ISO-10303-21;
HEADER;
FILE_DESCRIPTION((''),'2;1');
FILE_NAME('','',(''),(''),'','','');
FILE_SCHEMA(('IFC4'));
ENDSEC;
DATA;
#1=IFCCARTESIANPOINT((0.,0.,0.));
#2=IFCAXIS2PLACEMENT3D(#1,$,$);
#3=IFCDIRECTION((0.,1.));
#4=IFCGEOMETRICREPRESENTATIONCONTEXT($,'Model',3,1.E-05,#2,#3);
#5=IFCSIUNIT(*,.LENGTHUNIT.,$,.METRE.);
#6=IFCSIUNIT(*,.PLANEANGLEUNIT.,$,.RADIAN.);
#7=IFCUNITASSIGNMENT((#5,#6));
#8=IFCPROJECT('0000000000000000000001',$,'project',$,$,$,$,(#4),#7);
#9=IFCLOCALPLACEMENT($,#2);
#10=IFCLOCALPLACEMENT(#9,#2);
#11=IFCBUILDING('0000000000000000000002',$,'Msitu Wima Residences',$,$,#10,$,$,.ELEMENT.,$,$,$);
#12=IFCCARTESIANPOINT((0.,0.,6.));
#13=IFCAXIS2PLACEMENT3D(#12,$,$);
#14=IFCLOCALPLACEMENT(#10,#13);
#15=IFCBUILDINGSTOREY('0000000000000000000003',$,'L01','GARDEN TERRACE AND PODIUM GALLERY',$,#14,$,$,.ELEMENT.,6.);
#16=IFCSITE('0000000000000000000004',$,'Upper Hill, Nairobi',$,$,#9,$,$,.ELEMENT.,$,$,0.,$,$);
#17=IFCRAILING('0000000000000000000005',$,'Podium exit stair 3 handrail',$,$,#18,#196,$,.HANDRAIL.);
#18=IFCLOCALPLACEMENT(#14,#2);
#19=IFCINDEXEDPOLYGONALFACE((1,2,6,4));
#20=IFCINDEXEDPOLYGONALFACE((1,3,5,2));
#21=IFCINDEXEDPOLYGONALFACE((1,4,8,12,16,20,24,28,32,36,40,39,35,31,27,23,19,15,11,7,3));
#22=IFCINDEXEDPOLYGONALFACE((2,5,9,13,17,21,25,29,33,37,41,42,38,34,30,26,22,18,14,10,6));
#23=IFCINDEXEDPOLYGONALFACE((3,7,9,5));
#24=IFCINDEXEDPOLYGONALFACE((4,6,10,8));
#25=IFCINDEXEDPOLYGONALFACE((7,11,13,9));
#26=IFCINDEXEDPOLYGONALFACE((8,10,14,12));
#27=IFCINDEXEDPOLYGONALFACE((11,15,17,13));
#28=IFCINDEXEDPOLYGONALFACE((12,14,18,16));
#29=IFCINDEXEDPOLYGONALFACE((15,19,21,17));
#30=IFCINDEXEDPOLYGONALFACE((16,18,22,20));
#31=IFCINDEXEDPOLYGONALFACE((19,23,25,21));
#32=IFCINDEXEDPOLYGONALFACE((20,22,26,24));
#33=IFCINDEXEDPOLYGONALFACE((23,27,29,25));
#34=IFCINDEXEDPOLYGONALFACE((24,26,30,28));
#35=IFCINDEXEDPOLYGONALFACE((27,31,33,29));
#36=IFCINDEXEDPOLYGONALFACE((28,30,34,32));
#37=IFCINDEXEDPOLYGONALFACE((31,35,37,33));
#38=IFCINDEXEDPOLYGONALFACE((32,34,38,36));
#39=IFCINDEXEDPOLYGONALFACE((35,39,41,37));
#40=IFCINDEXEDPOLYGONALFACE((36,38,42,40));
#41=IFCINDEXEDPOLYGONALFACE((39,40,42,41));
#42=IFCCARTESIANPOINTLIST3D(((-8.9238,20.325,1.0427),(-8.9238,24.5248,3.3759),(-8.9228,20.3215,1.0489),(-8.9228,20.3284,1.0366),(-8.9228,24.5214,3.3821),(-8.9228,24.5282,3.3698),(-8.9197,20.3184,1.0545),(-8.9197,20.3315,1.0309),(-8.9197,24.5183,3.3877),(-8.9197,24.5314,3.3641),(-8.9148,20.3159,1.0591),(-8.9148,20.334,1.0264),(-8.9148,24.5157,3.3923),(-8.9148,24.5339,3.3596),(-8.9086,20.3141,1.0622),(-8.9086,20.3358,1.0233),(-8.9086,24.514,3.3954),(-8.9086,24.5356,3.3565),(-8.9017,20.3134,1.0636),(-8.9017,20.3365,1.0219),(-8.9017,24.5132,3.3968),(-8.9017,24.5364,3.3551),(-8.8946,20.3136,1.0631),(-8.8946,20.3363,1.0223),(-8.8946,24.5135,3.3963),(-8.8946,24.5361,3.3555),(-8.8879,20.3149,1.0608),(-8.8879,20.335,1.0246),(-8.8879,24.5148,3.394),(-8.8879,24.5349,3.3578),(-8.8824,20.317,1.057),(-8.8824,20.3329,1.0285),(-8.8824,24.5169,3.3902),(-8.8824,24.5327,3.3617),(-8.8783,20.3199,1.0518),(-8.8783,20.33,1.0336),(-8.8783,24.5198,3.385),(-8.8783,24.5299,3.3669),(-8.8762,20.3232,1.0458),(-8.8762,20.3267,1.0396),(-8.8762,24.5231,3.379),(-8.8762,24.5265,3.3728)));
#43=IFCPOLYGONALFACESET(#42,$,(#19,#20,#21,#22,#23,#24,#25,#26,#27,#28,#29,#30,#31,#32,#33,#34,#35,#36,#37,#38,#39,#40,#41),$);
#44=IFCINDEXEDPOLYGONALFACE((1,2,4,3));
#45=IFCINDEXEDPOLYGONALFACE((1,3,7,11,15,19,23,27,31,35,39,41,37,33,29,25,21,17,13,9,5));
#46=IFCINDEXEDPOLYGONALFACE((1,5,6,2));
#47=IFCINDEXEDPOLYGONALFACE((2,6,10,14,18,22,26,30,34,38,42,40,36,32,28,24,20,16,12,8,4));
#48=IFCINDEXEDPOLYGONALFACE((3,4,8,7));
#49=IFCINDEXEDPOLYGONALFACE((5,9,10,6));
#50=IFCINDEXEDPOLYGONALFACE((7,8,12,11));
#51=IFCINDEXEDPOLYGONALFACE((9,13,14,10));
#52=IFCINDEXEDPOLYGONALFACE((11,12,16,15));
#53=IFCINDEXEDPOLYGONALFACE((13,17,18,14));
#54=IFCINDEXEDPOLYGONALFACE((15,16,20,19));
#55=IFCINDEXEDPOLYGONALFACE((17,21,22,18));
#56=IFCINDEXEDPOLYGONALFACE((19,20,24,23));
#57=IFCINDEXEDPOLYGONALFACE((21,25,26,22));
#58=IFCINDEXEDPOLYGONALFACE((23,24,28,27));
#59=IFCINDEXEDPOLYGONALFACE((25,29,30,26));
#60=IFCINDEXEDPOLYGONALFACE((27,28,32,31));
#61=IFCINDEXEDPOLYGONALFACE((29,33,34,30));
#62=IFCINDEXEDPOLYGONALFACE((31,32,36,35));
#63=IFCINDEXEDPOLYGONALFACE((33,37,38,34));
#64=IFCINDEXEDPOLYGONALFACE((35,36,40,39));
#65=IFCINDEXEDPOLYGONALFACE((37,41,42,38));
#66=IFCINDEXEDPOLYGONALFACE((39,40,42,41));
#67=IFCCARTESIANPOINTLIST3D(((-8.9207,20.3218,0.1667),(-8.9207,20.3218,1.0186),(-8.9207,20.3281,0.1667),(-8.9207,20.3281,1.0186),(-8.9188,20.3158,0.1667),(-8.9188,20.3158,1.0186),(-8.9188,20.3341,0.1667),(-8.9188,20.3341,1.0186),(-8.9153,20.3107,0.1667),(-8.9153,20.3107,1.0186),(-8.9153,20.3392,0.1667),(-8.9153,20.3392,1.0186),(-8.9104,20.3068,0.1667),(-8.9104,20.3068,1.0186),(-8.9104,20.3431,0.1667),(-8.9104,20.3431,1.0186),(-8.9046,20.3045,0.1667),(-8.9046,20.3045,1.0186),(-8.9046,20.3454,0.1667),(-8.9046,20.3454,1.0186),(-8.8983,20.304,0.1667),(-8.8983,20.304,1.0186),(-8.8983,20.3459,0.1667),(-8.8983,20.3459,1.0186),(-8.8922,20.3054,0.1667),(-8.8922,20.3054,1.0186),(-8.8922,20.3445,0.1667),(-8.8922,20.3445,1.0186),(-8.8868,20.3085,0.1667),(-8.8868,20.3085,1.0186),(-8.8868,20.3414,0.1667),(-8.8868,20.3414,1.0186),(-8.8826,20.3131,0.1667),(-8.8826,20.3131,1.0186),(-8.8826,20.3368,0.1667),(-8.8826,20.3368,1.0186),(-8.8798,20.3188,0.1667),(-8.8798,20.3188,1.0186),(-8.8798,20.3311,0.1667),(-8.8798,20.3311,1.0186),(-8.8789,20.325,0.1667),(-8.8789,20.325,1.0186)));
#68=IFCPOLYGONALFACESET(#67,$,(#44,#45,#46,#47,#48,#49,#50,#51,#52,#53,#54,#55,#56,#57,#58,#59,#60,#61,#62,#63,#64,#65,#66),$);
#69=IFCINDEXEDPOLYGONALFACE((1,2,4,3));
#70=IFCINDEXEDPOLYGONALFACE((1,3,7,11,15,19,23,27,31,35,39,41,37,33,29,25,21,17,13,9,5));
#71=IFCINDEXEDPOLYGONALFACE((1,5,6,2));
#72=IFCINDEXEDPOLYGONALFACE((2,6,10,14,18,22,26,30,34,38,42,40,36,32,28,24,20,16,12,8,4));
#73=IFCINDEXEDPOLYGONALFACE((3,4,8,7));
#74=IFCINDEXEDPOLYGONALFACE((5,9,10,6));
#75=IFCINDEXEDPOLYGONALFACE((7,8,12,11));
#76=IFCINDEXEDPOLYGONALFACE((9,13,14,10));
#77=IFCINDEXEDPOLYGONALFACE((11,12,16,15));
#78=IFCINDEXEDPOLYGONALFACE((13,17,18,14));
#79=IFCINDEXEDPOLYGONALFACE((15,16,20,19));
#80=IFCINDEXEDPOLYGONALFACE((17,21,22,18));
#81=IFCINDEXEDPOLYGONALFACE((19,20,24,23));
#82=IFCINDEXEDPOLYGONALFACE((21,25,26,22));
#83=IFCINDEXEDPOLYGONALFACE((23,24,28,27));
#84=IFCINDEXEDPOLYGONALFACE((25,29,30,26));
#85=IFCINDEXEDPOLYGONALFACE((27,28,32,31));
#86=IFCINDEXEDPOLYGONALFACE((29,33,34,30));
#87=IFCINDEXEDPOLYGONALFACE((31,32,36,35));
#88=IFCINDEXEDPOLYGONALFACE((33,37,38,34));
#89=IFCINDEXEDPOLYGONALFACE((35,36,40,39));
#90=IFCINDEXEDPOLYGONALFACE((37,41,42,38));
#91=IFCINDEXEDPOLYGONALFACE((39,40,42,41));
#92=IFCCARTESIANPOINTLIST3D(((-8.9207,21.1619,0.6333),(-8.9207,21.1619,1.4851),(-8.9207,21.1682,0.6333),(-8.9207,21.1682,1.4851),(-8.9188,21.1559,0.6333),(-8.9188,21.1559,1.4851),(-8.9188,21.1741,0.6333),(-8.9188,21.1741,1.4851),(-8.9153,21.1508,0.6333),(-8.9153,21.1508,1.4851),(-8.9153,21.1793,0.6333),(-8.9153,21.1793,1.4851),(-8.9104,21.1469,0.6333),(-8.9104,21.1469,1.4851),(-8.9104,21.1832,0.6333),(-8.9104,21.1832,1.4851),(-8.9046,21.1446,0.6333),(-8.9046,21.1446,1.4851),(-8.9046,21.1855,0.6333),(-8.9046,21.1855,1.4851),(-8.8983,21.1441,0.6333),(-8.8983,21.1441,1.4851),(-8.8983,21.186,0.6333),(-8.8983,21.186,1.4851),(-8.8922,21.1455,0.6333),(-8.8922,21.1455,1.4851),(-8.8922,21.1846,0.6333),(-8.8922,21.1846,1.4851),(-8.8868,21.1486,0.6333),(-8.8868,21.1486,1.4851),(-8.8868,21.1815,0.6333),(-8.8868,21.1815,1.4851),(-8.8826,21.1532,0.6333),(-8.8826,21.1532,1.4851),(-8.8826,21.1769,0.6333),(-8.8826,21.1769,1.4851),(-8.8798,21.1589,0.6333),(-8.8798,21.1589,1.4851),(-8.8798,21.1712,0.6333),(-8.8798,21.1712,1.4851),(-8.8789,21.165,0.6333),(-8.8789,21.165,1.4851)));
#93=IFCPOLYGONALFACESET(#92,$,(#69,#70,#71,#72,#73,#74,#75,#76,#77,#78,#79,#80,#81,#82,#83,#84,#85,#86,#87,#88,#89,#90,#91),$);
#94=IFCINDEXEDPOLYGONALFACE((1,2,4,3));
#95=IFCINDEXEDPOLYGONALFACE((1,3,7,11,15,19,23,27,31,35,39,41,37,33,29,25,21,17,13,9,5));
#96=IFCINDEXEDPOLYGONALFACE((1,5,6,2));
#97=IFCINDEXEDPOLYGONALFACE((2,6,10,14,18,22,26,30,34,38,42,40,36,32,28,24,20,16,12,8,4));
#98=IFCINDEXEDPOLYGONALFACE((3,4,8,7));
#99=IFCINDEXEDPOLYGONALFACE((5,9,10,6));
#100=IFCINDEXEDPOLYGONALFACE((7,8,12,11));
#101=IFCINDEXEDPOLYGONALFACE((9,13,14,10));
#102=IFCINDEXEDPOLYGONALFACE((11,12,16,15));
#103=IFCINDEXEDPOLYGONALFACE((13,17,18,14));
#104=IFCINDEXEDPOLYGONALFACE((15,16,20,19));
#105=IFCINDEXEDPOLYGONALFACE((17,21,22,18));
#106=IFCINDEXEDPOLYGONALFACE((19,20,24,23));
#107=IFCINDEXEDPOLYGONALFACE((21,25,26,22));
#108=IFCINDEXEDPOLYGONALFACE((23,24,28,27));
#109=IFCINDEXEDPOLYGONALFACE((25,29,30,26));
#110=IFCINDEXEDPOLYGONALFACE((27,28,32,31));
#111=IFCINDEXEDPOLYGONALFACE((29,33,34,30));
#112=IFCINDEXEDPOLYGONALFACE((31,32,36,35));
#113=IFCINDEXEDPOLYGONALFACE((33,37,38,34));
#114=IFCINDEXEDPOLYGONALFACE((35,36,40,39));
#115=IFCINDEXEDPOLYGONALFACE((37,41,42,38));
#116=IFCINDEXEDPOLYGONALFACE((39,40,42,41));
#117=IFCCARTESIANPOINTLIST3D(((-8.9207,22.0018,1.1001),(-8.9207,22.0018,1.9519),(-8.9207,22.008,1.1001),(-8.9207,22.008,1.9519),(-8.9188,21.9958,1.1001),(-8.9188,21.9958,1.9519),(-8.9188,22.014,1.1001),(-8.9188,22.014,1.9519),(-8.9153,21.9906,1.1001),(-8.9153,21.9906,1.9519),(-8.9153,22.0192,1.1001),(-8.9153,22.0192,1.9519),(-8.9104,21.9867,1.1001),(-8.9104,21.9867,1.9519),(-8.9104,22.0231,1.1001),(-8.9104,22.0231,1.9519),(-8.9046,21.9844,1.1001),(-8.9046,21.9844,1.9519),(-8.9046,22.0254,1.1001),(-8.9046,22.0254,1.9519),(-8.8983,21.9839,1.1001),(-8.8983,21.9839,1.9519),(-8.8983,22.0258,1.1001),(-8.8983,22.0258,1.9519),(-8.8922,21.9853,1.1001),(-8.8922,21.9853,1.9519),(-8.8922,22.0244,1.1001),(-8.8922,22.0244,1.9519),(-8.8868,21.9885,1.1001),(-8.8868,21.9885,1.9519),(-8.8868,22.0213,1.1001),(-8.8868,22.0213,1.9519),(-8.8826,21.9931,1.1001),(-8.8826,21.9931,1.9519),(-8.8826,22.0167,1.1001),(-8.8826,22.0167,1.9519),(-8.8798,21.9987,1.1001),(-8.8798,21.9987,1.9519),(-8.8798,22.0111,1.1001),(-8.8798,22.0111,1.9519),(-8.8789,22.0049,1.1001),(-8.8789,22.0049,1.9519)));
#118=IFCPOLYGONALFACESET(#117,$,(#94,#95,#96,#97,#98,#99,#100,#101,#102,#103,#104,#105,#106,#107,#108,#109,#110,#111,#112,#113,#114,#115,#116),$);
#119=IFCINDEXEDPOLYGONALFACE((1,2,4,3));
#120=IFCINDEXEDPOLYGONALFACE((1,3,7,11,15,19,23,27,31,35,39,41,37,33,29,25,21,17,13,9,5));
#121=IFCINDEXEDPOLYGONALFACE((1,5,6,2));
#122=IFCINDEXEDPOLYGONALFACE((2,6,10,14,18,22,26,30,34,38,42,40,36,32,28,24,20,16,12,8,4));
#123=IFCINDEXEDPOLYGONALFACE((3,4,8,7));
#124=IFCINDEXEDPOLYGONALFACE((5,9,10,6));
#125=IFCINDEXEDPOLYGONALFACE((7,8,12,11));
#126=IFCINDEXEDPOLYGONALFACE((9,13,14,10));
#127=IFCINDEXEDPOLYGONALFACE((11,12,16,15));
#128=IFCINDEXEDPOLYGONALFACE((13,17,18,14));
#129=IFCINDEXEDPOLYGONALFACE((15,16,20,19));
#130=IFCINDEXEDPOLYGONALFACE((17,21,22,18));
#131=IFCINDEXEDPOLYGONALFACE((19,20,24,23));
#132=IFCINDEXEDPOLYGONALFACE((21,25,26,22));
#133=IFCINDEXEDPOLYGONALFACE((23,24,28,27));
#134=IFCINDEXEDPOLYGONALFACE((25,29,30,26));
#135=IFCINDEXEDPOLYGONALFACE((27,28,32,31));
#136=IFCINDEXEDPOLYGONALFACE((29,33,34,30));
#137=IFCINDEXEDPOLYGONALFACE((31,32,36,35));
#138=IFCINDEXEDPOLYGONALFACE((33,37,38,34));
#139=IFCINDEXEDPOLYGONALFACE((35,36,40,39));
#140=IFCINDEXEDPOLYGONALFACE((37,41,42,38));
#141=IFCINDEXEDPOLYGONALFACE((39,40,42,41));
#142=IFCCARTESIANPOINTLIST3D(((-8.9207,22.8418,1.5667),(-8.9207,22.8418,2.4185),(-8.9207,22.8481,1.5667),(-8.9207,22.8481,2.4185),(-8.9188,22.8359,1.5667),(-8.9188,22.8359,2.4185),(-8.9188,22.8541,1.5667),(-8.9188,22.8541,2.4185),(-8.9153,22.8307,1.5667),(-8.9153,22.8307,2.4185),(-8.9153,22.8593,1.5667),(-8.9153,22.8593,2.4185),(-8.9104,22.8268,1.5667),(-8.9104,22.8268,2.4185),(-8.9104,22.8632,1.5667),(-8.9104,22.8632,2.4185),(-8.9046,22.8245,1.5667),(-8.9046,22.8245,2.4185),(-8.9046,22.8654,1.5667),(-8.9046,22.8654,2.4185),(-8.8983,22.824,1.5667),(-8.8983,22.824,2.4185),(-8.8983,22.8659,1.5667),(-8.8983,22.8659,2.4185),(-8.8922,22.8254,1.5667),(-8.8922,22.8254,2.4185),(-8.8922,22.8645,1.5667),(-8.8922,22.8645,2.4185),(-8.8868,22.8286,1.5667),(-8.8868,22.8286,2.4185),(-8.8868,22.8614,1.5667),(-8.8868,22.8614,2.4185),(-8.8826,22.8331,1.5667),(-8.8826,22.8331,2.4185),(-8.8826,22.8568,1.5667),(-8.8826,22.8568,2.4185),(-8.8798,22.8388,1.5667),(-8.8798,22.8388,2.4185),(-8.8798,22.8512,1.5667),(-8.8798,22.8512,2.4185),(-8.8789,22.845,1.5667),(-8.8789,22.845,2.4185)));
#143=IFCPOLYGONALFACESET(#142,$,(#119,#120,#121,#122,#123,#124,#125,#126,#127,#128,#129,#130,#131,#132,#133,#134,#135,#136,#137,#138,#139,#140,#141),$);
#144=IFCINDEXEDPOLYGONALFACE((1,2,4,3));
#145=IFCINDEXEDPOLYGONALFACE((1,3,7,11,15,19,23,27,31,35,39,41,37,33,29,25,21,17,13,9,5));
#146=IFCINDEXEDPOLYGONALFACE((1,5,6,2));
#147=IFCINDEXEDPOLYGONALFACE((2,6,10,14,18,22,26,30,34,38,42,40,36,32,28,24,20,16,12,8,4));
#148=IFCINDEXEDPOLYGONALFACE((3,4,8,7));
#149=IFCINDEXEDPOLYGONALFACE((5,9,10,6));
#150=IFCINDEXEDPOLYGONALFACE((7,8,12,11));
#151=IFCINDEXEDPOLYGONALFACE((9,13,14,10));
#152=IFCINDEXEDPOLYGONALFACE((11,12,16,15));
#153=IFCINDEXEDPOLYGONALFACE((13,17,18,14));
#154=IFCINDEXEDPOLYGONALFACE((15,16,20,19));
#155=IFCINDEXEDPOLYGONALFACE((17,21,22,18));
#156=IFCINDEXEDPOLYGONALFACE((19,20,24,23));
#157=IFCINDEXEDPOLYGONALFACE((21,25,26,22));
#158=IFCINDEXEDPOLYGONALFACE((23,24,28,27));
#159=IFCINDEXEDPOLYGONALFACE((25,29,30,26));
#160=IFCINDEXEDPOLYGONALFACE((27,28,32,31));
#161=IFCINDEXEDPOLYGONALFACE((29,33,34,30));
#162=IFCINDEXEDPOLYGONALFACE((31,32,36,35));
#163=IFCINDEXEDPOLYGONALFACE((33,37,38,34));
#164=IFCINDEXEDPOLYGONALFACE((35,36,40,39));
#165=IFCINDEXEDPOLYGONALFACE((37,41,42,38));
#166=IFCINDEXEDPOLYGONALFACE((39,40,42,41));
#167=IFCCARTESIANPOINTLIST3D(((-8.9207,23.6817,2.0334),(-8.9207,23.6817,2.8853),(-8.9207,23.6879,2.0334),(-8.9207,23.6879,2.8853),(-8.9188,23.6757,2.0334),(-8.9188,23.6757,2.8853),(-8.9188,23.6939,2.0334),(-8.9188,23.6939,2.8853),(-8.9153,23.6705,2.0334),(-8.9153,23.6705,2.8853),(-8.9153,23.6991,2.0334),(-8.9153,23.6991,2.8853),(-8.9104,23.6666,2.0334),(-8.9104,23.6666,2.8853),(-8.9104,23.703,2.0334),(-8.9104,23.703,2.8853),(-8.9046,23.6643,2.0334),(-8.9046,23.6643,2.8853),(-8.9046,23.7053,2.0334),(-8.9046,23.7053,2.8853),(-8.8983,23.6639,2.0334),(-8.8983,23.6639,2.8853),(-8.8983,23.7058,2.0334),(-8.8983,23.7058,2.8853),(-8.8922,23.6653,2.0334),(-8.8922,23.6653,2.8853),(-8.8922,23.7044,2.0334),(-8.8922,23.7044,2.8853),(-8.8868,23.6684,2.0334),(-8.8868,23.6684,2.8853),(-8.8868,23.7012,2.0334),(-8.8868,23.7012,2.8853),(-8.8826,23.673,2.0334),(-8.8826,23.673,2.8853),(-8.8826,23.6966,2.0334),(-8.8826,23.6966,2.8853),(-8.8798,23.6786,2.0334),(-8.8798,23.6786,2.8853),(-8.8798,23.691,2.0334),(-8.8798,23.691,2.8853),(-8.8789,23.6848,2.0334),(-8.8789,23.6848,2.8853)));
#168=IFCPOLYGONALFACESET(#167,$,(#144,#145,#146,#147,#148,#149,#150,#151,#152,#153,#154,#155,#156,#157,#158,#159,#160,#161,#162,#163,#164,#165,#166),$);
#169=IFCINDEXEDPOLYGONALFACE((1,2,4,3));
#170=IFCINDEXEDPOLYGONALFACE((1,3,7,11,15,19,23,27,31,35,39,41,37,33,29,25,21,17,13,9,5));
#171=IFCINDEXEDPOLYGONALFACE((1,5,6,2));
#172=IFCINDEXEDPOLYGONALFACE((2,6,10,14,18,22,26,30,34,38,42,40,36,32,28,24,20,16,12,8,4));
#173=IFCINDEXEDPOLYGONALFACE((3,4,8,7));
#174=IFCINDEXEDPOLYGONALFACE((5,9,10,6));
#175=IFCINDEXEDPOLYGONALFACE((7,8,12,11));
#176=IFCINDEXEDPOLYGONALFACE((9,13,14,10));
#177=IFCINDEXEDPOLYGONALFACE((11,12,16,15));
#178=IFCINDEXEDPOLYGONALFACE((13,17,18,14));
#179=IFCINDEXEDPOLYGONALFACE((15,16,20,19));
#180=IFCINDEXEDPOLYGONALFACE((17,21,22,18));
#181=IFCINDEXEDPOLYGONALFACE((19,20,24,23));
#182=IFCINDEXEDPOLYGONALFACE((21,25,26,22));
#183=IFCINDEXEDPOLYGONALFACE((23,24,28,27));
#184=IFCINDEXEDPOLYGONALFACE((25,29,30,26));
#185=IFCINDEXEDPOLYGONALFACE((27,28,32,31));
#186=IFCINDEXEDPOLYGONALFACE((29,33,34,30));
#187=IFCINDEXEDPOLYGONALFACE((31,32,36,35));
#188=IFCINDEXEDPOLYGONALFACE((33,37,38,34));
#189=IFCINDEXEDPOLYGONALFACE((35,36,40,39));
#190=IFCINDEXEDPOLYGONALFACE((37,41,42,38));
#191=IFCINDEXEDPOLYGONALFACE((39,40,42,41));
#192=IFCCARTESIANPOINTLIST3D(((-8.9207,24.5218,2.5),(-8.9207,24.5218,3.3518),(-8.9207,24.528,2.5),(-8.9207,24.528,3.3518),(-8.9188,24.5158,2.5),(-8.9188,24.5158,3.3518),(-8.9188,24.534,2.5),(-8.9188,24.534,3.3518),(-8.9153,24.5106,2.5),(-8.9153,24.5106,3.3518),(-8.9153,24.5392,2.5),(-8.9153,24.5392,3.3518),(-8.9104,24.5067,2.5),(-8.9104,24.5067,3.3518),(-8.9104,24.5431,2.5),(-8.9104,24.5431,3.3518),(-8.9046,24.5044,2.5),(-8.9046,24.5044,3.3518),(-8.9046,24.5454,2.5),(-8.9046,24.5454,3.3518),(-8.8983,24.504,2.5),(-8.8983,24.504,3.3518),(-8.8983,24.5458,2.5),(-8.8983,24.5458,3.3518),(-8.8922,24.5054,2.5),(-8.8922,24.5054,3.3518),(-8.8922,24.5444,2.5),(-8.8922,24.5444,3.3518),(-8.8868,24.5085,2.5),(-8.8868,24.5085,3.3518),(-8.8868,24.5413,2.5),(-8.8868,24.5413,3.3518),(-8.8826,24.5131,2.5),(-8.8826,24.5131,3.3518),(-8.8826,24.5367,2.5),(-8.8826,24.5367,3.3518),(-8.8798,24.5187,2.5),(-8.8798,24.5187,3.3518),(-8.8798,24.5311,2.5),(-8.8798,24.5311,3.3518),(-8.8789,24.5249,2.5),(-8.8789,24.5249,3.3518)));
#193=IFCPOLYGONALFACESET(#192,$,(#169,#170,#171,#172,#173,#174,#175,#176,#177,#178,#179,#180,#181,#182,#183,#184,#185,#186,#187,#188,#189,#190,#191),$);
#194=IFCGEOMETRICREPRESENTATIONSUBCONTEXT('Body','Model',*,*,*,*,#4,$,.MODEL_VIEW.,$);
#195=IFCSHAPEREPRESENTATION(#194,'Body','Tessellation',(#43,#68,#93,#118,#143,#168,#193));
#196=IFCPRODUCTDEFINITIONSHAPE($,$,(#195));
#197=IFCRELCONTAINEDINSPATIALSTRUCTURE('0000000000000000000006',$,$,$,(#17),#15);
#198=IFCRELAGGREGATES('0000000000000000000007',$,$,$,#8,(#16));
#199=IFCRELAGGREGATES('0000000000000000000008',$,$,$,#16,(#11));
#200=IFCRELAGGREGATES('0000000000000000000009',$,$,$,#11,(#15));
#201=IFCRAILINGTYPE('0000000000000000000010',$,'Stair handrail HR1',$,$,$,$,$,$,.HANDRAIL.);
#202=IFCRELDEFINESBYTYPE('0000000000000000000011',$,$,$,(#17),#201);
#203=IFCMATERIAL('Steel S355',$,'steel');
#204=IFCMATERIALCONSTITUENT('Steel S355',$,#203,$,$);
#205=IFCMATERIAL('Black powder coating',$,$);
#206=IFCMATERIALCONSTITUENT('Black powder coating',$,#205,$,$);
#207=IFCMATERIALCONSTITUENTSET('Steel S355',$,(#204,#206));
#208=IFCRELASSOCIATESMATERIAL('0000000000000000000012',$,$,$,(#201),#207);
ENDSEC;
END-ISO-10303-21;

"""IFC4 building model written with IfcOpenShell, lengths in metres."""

from ifc_helpers import new_model, si_unit, direction, frame, origin, origin_2d, place, context, subcontext, project, spatial, circle, extrude, material, constituent, constituent_set, type_object, element, save


model = new_model("IFC4")

# Units and contexts
model_context = context("Model", 3, precision=1e-05, world=origin(), true_north=direction((0.0, 1.0)))
body_context = subcontext(model_context, "Body", "Model", "MODEL_VIEW")
ifc_project = project(units=[si_unit("LENGTHUNIT", "METRE"), si_unit("PLANEANGLEUNIT", "RADIAN")], contexts=[model_context])

# Site, building, storey
site_placement = place(None, origin())
site = spatial("IfcSite", under=ifc_project, at=site_placement, Name="Upper Hill, Nairobi", CompositionType="ELEMENT", RefElevation=0.0)
building_placement = place(site_placement, origin())
building = spatial("IfcBuilding", under=site, at=building_placement, Name="Msitu Wima Residences", CompositionType="ELEMENT")
storey_placement = place(building_placement, frame((0.0, 0.0, 6.0)))
storey = spatial("IfcBuildingStorey", under=building, at=storey_placement, Name="L01", Description="GARDEN TERRACE AND PODIUM GALLERY", CompositionType="ELEMENT", Elevation=6.0)

# Railing
ifc_material_1 = material(Name="Steel S355", Category="steel")
ifc_constituent_1 = constituent(ifc_material_1, Name="Steel S355")
ifc_material_2 = material(Name="Black powder coating")
ifc_constituent_2 = constituent(ifc_material_2, Name="Black powder coating")
ifc_constituent_set = constituent_set(constituents=[ifc_constituent_1, ifc_constituent_2], Name="Steel S355")
railing_type = type_object("IfcRailingType", Name="Stair handrail HR1", PredefinedType="HANDRAIL", material=ifc_constituent_set)
for number, where, name in (
    (1, (-8.8999, 20.325, 0.1667), "Podium exit stair 3 handrail"),
):
    element("IfcRailing", number, at=place(storey_placement, frame(where)), inside=storey, type_object=railing_type, Name=name, PredefinedType="HANDRAIL", context=body_context, shape_type="SweptSolid", body=[
        extrude(circle(Radius=0.0239, at=origin_2d()), frame((0.0, 0.0, 0.876), z_axis=(0.0, 0.874162, 0.485634), x_axis=(-1.0, 0.0, 0.0)), (0.0, 0.0, 1.0), 4.8044),
        extrude(circle(Radius=0.021, at=origin_2d()), origin(), (0.0, 0.0, 1.0), 0.8518),
        extrude(circle(Radius=0.021, at=origin_2d()), frame((0.0, 0.8401, 0.4666)), (0.0, 0.0, 1.0), 0.8518),
        extrude(circle(Radius=0.021, at=origin_2d()), frame((0.0, 1.6799, 0.9333)), (0.0, 0.0, 1.0), 0.8518),
        extrude(circle(Radius=0.021, at=origin_2d()), frame((0.0, 2.52, 1.3999)), (0.0, 0.0, 1.0), 0.8518),
        extrude(circle(Radius=0.021, at=origin_2d()), frame((0.0, 3.3599, 1.8667)), (0.0, 0.0, 1.0), 0.8518),
        extrude(circle(Radius=0.021, at=origin_2d()), frame((0.0, 4.2, 2.3333)), (0.0, 0.0, 1.0), 0.8518),
    ])

save(model, "model.ifc")
